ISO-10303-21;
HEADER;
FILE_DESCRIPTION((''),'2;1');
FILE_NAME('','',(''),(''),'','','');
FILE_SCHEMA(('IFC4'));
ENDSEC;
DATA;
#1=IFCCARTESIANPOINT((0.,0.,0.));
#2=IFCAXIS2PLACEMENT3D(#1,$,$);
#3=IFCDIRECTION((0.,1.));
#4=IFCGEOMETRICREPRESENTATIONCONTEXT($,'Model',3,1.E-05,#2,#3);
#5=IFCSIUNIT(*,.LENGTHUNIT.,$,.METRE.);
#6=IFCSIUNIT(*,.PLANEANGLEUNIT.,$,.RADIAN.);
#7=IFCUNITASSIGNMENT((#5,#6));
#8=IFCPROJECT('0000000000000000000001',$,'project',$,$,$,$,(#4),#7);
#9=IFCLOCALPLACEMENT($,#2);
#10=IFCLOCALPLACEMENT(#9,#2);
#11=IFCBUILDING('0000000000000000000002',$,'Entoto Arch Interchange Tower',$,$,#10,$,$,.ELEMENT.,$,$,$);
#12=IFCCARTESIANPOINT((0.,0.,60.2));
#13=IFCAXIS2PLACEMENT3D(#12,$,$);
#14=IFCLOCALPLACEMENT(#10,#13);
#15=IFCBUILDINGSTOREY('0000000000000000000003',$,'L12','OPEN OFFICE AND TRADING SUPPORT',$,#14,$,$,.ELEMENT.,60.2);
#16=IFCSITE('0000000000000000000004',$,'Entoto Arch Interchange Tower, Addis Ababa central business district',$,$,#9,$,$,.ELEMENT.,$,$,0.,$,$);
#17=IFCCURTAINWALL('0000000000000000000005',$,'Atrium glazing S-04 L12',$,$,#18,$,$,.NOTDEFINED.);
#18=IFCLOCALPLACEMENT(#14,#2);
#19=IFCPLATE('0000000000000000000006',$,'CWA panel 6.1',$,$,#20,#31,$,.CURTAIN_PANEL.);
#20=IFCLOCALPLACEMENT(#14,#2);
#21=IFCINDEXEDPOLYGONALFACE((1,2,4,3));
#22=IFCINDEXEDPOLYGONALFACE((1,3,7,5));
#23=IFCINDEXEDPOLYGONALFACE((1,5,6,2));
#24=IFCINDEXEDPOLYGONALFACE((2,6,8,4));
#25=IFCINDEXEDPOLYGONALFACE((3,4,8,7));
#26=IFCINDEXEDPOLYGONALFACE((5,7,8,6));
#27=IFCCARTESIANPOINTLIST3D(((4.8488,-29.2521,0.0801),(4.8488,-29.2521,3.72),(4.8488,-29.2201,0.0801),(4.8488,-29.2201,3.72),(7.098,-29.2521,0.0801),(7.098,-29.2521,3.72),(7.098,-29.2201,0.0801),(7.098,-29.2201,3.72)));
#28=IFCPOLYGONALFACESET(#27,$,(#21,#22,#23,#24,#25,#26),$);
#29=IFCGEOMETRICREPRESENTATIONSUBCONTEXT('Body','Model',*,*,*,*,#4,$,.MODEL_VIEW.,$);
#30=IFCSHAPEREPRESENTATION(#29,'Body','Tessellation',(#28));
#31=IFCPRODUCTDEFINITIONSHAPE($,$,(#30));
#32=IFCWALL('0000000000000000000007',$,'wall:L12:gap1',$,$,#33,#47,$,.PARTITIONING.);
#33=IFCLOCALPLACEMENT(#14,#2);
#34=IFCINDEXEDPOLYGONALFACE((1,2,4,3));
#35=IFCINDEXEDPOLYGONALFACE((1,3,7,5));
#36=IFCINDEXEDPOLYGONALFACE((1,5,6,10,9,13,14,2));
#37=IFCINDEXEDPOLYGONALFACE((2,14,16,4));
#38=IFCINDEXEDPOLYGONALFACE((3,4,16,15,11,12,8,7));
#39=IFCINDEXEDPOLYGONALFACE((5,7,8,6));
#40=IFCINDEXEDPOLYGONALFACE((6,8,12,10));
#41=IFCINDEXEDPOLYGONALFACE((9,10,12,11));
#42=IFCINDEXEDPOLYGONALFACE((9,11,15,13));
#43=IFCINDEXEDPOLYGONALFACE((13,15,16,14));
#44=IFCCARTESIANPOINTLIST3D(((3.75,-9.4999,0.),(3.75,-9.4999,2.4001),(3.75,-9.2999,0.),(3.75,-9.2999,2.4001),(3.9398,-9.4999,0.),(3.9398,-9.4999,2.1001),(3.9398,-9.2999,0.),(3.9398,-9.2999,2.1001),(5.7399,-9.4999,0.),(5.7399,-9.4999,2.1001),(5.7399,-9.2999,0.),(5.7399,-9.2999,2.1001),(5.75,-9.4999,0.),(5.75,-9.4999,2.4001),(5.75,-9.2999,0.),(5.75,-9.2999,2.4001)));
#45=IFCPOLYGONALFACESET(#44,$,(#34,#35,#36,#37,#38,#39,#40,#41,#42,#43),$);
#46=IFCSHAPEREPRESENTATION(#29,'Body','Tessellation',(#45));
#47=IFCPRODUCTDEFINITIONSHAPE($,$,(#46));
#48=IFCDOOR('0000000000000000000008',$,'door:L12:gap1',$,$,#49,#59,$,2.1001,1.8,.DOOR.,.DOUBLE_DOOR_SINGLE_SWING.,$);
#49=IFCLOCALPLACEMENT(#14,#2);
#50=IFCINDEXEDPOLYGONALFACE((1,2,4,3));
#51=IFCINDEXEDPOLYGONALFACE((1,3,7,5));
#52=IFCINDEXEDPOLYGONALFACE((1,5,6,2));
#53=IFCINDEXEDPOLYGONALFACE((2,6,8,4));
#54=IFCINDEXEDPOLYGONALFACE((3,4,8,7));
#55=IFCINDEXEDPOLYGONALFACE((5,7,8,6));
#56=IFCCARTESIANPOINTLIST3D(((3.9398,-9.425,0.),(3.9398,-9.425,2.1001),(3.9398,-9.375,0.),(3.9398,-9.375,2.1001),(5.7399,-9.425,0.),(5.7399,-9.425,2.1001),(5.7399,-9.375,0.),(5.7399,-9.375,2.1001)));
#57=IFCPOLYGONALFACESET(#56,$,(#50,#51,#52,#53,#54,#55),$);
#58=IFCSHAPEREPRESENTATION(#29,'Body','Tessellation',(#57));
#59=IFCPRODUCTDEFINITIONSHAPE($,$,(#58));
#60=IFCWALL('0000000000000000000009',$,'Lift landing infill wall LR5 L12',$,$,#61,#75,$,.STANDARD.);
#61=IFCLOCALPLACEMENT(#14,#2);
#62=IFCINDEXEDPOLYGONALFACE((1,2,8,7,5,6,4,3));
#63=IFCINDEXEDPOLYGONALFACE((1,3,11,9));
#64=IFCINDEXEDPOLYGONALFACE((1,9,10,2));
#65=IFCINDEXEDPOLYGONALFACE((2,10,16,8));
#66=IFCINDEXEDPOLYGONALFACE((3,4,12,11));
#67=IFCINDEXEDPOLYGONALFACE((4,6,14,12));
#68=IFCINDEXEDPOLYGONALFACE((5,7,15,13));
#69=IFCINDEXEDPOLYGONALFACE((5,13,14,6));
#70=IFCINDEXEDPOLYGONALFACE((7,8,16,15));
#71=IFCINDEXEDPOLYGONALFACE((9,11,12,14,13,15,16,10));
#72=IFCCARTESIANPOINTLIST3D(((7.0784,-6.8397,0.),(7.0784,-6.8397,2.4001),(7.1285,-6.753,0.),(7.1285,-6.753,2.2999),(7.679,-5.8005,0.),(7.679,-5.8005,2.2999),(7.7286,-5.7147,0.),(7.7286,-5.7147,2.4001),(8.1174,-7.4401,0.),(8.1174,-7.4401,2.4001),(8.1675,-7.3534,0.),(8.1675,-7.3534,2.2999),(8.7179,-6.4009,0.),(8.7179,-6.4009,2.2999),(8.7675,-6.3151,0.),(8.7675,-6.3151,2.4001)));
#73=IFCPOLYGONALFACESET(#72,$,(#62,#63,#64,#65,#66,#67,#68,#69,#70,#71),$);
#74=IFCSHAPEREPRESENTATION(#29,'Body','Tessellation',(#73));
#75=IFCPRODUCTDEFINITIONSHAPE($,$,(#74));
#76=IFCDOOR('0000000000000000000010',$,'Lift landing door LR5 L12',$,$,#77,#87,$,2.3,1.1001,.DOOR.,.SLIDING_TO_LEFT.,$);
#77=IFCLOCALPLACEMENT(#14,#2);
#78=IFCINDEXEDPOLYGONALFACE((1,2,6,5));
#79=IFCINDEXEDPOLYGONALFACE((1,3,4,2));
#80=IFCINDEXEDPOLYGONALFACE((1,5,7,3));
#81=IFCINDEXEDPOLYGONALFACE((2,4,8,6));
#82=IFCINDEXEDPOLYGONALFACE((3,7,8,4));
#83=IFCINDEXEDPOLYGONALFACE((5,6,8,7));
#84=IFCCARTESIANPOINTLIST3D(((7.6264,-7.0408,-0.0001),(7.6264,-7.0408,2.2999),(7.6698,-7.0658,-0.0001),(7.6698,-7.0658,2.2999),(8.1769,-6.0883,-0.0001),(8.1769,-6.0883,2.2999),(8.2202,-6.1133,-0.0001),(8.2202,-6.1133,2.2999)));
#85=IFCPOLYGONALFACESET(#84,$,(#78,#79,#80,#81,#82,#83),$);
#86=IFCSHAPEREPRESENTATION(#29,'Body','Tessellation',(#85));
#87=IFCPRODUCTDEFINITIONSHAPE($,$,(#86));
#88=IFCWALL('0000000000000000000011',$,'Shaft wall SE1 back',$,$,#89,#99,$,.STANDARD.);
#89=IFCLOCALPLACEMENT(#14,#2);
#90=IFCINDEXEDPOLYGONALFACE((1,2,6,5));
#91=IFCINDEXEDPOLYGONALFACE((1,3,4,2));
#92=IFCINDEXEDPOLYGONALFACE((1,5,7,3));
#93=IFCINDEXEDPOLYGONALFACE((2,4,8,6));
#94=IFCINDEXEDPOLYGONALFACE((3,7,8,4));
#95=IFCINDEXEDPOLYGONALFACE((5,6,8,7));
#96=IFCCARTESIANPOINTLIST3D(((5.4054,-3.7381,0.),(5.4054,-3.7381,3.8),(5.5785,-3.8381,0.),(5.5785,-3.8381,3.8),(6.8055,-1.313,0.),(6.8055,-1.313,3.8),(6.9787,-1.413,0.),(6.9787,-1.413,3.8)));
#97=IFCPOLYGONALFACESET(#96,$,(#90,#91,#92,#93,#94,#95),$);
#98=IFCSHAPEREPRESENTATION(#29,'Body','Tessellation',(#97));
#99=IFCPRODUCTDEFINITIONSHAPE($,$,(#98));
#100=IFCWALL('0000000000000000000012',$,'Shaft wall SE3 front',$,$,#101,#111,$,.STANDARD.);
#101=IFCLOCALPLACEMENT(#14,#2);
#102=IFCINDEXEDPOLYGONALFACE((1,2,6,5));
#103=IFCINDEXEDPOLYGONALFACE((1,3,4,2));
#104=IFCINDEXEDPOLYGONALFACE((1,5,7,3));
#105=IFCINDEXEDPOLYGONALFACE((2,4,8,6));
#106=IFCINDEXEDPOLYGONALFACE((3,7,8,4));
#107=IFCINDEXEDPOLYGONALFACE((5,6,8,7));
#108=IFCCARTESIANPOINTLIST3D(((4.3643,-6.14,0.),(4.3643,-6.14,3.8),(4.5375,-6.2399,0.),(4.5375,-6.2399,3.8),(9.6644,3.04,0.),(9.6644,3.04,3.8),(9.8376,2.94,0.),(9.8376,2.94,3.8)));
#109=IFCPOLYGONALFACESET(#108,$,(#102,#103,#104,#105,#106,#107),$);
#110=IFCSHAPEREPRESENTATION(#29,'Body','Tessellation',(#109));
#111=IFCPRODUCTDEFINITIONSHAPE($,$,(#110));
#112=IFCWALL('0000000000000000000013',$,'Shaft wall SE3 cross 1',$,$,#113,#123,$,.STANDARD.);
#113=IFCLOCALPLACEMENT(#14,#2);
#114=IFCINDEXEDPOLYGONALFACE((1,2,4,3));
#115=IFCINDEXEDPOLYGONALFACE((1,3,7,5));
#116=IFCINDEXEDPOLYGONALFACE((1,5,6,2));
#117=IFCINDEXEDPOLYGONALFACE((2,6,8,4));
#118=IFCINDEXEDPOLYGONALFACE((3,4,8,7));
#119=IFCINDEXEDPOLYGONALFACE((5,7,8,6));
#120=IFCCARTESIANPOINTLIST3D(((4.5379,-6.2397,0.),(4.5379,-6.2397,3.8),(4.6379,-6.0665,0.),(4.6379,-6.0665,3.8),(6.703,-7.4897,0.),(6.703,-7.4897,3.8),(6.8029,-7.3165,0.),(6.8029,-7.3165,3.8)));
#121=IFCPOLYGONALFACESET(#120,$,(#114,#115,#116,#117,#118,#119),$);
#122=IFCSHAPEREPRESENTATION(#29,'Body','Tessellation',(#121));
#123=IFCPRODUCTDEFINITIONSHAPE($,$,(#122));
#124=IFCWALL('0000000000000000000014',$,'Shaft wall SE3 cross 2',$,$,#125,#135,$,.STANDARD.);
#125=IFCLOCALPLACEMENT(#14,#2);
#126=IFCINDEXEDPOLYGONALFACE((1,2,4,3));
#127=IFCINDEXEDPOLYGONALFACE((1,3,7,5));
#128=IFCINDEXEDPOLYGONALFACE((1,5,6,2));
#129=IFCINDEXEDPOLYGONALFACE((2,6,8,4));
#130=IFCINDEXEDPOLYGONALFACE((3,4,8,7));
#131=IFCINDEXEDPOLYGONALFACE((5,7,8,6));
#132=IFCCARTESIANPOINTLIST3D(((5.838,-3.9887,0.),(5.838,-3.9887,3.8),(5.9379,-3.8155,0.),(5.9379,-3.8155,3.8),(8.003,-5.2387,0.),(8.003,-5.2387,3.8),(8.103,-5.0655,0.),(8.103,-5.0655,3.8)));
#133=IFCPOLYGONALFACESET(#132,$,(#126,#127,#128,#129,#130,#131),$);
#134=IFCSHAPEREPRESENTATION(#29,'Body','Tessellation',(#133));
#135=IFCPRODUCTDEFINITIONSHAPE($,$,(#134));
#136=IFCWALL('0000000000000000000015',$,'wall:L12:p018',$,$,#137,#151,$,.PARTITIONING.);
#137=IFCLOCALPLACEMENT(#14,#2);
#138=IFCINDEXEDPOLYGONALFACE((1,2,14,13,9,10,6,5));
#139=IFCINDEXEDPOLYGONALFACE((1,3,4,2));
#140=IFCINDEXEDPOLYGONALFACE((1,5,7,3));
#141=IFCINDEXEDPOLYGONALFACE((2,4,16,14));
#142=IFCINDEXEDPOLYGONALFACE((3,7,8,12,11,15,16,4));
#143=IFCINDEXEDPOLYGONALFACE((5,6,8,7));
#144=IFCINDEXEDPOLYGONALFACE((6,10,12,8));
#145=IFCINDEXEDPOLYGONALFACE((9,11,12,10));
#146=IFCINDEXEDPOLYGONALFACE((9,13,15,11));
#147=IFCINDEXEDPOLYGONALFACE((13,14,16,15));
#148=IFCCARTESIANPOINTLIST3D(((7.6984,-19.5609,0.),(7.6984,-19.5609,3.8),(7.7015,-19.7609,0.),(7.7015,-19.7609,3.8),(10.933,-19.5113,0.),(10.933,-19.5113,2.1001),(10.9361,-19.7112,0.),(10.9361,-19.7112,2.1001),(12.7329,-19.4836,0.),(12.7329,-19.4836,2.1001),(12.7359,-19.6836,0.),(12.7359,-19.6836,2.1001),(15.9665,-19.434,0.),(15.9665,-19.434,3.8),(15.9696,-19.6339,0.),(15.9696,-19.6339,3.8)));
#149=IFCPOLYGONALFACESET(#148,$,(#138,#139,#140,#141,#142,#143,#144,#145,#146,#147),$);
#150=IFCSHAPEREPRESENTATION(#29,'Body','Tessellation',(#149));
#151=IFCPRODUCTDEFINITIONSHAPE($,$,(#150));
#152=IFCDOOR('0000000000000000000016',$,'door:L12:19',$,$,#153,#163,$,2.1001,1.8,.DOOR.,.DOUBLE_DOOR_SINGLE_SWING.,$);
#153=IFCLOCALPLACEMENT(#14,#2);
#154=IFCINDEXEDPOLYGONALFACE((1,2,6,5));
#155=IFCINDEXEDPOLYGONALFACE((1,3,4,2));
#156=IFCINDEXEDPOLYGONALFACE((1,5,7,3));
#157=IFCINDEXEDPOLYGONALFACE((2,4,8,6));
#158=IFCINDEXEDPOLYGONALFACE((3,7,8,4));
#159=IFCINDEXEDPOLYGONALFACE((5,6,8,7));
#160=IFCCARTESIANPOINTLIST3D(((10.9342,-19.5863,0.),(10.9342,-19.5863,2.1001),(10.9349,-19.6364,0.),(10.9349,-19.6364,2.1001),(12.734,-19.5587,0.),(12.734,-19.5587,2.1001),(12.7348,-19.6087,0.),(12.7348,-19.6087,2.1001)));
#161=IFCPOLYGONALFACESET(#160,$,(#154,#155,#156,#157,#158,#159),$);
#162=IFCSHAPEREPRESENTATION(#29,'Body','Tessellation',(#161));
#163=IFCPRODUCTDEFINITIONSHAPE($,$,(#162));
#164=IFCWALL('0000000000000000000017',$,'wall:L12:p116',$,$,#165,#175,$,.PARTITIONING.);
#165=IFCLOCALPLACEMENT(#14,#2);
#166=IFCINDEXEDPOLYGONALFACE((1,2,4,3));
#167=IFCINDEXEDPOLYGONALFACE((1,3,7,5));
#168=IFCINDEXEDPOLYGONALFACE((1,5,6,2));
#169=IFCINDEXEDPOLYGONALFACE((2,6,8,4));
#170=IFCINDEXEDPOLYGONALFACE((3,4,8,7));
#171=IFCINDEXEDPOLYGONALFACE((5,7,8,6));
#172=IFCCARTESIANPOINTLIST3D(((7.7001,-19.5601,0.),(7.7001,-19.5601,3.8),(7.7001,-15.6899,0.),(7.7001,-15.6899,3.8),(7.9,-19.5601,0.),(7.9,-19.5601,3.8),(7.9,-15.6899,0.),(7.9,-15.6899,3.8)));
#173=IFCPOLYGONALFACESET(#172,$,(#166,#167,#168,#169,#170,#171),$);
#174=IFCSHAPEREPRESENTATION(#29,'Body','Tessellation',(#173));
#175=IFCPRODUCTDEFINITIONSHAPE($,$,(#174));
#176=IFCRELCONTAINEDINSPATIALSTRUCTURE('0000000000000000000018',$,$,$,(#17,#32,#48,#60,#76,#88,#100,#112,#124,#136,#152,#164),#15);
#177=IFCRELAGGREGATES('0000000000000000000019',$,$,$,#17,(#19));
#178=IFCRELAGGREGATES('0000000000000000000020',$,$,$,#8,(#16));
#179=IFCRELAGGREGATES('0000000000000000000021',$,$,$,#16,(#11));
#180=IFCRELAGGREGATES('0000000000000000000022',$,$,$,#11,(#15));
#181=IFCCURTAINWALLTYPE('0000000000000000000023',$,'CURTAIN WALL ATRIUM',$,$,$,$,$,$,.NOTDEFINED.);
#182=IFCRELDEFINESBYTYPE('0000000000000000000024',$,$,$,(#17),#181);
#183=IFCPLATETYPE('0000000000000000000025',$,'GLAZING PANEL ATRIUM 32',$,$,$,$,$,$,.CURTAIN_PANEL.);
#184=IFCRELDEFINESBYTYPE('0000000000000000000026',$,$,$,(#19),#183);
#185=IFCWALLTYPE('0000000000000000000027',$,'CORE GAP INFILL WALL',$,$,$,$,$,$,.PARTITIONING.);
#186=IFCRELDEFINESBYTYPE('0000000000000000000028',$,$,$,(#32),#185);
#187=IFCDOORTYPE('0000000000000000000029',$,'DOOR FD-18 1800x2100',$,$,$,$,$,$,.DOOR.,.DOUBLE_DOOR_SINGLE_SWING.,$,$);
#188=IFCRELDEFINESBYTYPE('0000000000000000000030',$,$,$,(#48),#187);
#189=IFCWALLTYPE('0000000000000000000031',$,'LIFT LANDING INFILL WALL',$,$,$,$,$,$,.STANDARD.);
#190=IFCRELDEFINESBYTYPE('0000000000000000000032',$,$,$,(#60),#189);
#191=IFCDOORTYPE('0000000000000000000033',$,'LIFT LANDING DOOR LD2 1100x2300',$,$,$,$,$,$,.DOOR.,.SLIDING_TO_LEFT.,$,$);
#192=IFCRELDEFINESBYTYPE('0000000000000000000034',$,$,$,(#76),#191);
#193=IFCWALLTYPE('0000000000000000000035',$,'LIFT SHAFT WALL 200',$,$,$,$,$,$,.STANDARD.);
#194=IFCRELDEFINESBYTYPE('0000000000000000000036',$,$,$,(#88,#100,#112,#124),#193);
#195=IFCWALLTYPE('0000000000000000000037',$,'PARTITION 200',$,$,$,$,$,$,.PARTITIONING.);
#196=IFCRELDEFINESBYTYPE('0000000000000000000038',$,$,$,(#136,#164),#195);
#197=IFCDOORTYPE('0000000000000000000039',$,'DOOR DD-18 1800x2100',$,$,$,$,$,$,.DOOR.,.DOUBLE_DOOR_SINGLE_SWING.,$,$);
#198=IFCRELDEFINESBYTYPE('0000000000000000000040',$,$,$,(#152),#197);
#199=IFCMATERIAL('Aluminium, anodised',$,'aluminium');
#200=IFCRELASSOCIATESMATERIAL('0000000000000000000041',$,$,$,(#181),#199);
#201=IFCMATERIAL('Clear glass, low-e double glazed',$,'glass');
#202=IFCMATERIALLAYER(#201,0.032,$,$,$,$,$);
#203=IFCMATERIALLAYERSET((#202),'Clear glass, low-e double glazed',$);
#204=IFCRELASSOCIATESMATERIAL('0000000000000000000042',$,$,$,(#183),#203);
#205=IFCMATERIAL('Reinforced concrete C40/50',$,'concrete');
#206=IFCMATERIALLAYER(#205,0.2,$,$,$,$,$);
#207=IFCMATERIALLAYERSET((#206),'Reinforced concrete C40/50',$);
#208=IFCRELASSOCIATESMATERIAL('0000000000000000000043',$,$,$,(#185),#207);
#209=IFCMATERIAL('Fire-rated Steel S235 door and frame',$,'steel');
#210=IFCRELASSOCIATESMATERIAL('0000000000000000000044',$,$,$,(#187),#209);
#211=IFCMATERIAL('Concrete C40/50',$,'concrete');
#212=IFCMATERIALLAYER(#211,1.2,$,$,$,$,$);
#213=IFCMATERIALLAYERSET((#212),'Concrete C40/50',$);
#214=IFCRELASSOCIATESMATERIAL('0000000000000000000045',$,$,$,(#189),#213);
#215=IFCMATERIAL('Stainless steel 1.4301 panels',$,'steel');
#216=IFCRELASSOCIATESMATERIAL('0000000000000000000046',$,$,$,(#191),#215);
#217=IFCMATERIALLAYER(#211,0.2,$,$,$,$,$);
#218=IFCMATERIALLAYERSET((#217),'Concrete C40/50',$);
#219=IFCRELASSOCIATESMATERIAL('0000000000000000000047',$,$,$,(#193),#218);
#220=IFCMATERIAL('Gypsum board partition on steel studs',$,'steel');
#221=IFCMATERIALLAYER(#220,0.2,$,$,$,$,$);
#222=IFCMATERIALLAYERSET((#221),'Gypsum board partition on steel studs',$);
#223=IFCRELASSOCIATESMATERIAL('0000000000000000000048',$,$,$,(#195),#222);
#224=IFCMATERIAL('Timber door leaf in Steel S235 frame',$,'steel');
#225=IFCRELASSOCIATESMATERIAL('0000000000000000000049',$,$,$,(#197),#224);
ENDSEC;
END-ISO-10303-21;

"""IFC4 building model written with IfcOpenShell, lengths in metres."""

from ifc_helpers import new_model, si_unit, direction, frame, frame_2d, origin, origin_2d, place, context, subcontext, project, spatial, rectangle, extrude, material, layer, layer_set, type_object, element, fill, aggregate, save


model = new_model("IFC4")

# Units and contexts
model_context = context("Model", 3, precision=1e-05, world=origin(), true_north=direction((0.0, 1.0)))
body_context = subcontext(model_context, "Body", "Model", "MODEL_VIEW")
ifc_project = project(units=[si_unit("LENGTHUNIT", "METRE"), si_unit("PLANEANGLEUNIT", "RADIAN")], contexts=[model_context])

# Site, building, storey
site_placement = place(None, origin())
site = spatial("IfcSite", under=ifc_project, at=site_placement, Name="Entoto Arch Interchange Tower, Addis Ababa central business district", CompositionType="ELEMENT", RefElevation=0.0)
building_placement = place(site_placement, origin())
building = spatial("IfcBuilding", under=site, at=building_placement, Name="Entoto Arch Interchange Tower", CompositionType="ELEMENT")
storey_placement = place(building_placement, frame((0.0, 0.0, 60.2)))
storey = spatial("IfcBuildingStorey", under=building, at=storey_placement, Name="L12", Description="OPEN OFFICE AND TRADING SUPPORT", CompositionType="ELEMENT", Elevation=60.2)

# Curtain wall, plate
ifc_material_1 = material(Name="Aluminium, anodised", Category="aluminium")
curtain_wall_type = type_object("IfcCurtainWallType", Name="CURTAIN WALL ATRIUM", PredefinedType="NOTDEFINED", material=ifc_material_1)
curtain_wall_placement = place(storey_placement, origin())
curtain_wall = element("IfcCurtainWall", 1, at=curtain_wall_placement, inside=storey, type_object=curtain_wall_type, Name="Atrium glazing S-04 L12", PredefinedType="NOTDEFINED")
ifc_material_2 = material(Name="Clear glass, low-e double glazed", Category="glass")
ifc_layer_1 = layer(ifc_material_2, 0.032)
ifc_layer_set_1 = layer_set([ifc_layer_1], Name="Clear glass, low-e double glazed")
plate_type = type_object("IfcPlateType", Name="GLAZING PANEL ATRIUM 32", PredefinedType="CURTAIN_PANEL", material=ifc_layer_set_1)
plate_1_placement = place(storey_placement, frame((5.9734, -29.2361, 0.0801), z_axis=(0.0, 0.0, 1.0), x_axis=(1.0, 0.0, 0.0)))
plate_1 = element("IfcPlate", 2, at=plate_1_placement, type_object=plate_type, Name="CWA panel 6.1", PredefinedType="CURTAIN_PANEL", context=body_context, shape_type="SweptSolid", body=[
    extrude(rectangle(XDim=2.2493, YDim=0.032, at=origin_2d()), origin(), (0.0, 0.0, 1.0), 3.6399),
])
aggregate(curtain_wall, [plate_1])

# Walls, openings, doors
ifc_material_3 = material(Name="Reinforced concrete C40/50", Category="concrete")
ifc_layer_2 = layer(ifc_material_3, 0.2)
ifc_layer_set_2 = layer_set([ifc_layer_2], Name="Reinforced concrete C40/50")
wall_type_1 = type_object("IfcWallType", Name="CORE GAP INFILL WALL", PredefinedType="PARTITIONING", material=ifc_layer_set_2)
wall_1_placement = place(storey_placement, frame((3.75, -9.3999, 0.0), z_axis=(0.0, 0.0, 1.0), x_axis=(1.0, 0.0, 0.0)))
wall_1 = element("IfcWall", 3, at=wall_1_placement, inside=storey, type_object=wall_type_1, Name="wall:L12:gap1", PredefinedType="PARTITIONING", context=body_context, shape_type="SweptSolid", body=[
    extrude(rectangle(XDim=2.0, YDim=0.2, at=frame_2d((1.0, 0.0))), origin(), (0.0, 0.0, 1.0), 2.4001),
])
opening_1_placement = place(wall_1_placement, frame((0.1899, 0.0, 0.0)))
opening_1 = element("IfcOpeningElement", 4, at=opening_1_placement, cuts=wall_1, PredefinedType="OPENING", context=body_context, shape_type="SweptSolid", body=[
    extrude(rectangle(XDim=1.8, YDim=2.1001, at=frame_2d((0.8999, 1.05))), frame((0.0, 0.1099, 0.0), z_axis=(0.0, -1.0, 0.0), x_axis=(1.0, 0.0, 0.0)), (0.0, 0.0, 1.0), 0.22),
])
ifc_material_4 = material(Name="Fire-rated Steel S235 door and frame", Category="steel")
door_type_1 = type_object("IfcDoorType", Name="DOOR FD-18 1800x2100", OperationType="DOUBLE_DOOR_SINGLE_SWING", PredefinedType="DOOR", material=ifc_material_4)
door_1_placement = place(opening_1_placement, origin())
door_1 = element("IfcDoor", 5, at=door_1_placement, inside=storey, type_object=door_type_1, Name="door:L12:gap1", OperationType="DOUBLE_DOOR_SINGLE_SWING", OverallHeight=2.1001, OverallWidth=1.8, PredefinedType="DOOR", context=body_context, shape_type="SweptSolid", body=[
    extrude(rectangle(XDim=1.8, YDim=2.1001, at=frame_2d((0.8999, 1.05))), frame((0.0, 0.0249, 0.0), z_axis=(0.0, -1.0, 0.0), x_axis=(1.0, 0.0, 0.0)), (0.0, 0.0, 1.0), 0.05),
])
fill(opening_1, door_1)
ifc_material_5 = material(Name="Concrete C40/50", Category="concrete")
ifc_layer_3 = layer(ifc_material_5, 1.2)
ifc_layer_set_3 = layer_set([ifc_layer_3], Name="Concrete C40/50")
wall_type_2 = type_object("IfcWallType", Name="LIFT LANDING INFILL WALL", PredefinedType="STANDARD", material=ifc_layer_set_3)
wall_2_placement = place(storey_placement, frame((7.5979, -7.1399, 0.0), z_axis=(0.0, 0.0, 1.0), x_axis=(0.500362, 0.865816, 0.0)))
wall_2 = element("IfcWall", 6, at=wall_2_placement, inside=storey, type_object=wall_type_2, Name="Lift landing infill wall LR5 L12", PredefinedType="STANDARD", context=body_context, shape_type="SweptSolid", body=[
    extrude(rectangle(XDim=1.2993, YDim=1.2, at=frame_2d((0.6497, 0.0))), origin(), (0.0, 0.0, 1.0), 2.4001),
])
opening_2_placement = place(wall_2_placement, frame((0.1001, 0.0, 0.0)))
opening_2 = element("IfcOpeningElement", 7, at=opening_2_placement, cuts=wall_2, PredefinedType="OPENING", context=body_context, shape_type="SweptSolid", body=[
    extrude(rectangle(XDim=1.1001, YDim=2.3, at=frame_2d((0.55, 1.1499))), frame((0.0, 0.6099, 0.0), z_axis=(0.0, -1.0, 0.0), x_axis=(1.0, 0.0, 0.0)), (0.0, 0.0, 1.0), 1.22),
])
ifc_material_6 = material(Name="Stainless steel 1.4301 panels", Category="steel")
door_type_2 = type_object("IfcDoorType", Name="LIFT LANDING DOOR LD2 1100x2300", OperationType="SLIDING_TO_LEFT", PredefinedType="DOOR", material=ifc_material_6)
door_2_placement = place(opening_2_placement, origin())
door_2 = element("IfcDoor", 8, at=door_2_placement, inside=storey, type_object=door_type_2, Name="Lift landing door LR5 L12", OperationType="SLIDING_TO_LEFT", OverallHeight=2.3, OverallWidth=1.1001, PredefinedType="DOOR", context=body_context, shape_type="SweptSolid", body=[
    extrude(rectangle(XDim=1.1001, YDim=2.3, at=frame_2d((0.55, 1.1499))), frame((0.0, 0.0249, 0.0), z_axis=(0.0, -1.0, 0.0), x_axis=(1.0, 0.0, 0.0)), (0.0, 0.0, 1.0), 0.05),
])
fill(opening_2, door_2)

# Walls
ifc_layer_4 = layer(ifc_material_5, 0.2)
ifc_layer_set_4 = layer_set([ifc_layer_4], Name="Concrete C40/50")
wall_type_3 = type_object("IfcWallType", Name="LIFT SHAFT WALL 200", PredefinedType="STANDARD", material=ifc_layer_set_4)
wall_3_placement = place(storey_placement, frame((5.4919, -3.7881, 0.0), z_axis=(0.0, 0.0, 1.0), x_axis=(0.500012, 0.866019, 0.0)))
element("IfcWall", 9, at=wall_3_placement, inside=storey, type_object=wall_type_3, Name="Shaft wall SE1 back", PredefinedType="STANDARD", context=body_context, shape_type="SweptSolid", body=[
    extrude(rectangle(XDim=2.8003, YDim=0.2, at=frame_2d((1.4001, 0.0))), origin(), (0.0, 0.0, 1.0), 3.8),
])
wall_4_placement = place(storey_placement, frame((4.4509, -6.1899, 0.0), z_axis=(0.0, 0.0, 1.0), x_axis=(0.500001, 0.866025, 0.0)))
element("IfcWall", 10, at=wall_4_placement, inside=storey, type_object=wall_type_3, Name="Shaft wall SE3 front", PredefinedType="STANDARD", context=body_context, shape_type="SweptSolid", body=[
    extrude(rectangle(XDim=10.6001, YDim=0.2, at=frame_2d((5.3, 0.0))), origin(), (0.0, 0.0, 1.0), 3.8),
])
for number, where, z_axis, x_axis, name in (
    (11, (4.5879, -6.1531, 0.0), (0.0, 0.0, 1.0), (0.866023, -0.500004, 0.0), "Shaft wall SE3 cross 1"),
    (12, (5.8879, -3.9021, 0.0), (0.0, 0.0, 1.0), (0.866023, -0.500004, 0.0), "Shaft wall SE3 cross 2"),
):
    element("IfcWall", number, at=place(storey_placement, frame(where, z_axis=z_axis, x_axis=x_axis)), inside=storey, type_object=wall_type_3, Name=name, PredefinedType="STANDARD", context=body_context, shape_type="SweptSolid", body=[
        extrude(rectangle(XDim=2.5, YDim=0.2, at=frame_2d((1.25, 0.0))), origin(), (0.0, 0.0, 1.0), 3.8),
    ])

# Wall, opening, door
ifc_material_7 = material(Name="Gypsum board partition on steel studs", Category="steel")
ifc_layer_5 = layer(ifc_material_7, 0.2)
ifc_layer_set_5 = layer_set([ifc_layer_5], Name="Gypsum board partition on steel studs")
wall_type_4 = type_object("IfcWallType", Name="PARTITION 200", PredefinedType="PARTITIONING", material=ifc_layer_set_5)
wall_5_placement = place(storey_placement, frame((7.7, -19.6609, 0.0), z_axis=(0.0, 0.0, 1.0), x_axis=(0.999882, 0.015353, 0.0)))
wall_5 = element("IfcWall", 13, at=wall_5_placement, inside=storey, type_object=wall_type_4, Name="wall:L12:p018", PredefinedType="PARTITIONING", context=body_context, shape_type="SweptSolid", body=[
    extrude(rectangle(XDim=8.269, YDim=0.2, at=frame_2d((4.1345, 0.0))), origin(), (0.0, 0.0, 1.0), 3.8),
])
opening_3_placement = place(wall_5_placement, frame((3.2351, 0.0, 0.0)))
opening_3 = element("IfcOpeningElement", 14, at=opening_3_placement, cuts=wall_5, PredefinedType="OPENING", context=body_context, shape_type="SweptSolid", body=[
    extrude(rectangle(XDim=1.8, YDim=2.1001, at=frame_2d((0.8999, 1.05))), frame((0.0, 0.1099, 0.0), z_axis=(0.0, -1.0, 0.0), x_axis=(1.0, 0.0, 0.0)), (0.0, 0.0, 1.0), 0.22),
])
ifc_material_8 = material(Name="Timber door leaf in Steel S235 frame", Category="steel")
door_type_3 = type_object("IfcDoorType", Name="DOOR DD-18 1800x2100", OperationType="DOUBLE_DOOR_SINGLE_SWING", PredefinedType="DOOR", material=ifc_material_8)
door_3_placement = place(opening_3_placement, origin())
door_3 = element("IfcDoor", 15, at=door_3_placement, inside=storey, type_object=door_type_3, Name="door:L12:19", OperationType="DOUBLE_DOOR_SINGLE_SWING", OverallHeight=2.1001, OverallWidth=1.8, PredefinedType="DOOR", context=body_context, shape_type="SweptSolid", body=[
    extrude(rectangle(XDim=1.8, YDim=2.1001, at=frame_2d((0.8999, 1.05))), frame((0.0, 0.0249, 0.0), z_axis=(0.0, -1.0, 0.0), x_axis=(1.0, 0.0, 0.0)), (0.0, 0.0, 1.0), 0.05),
])
fill(opening_3, door_3)

# Wall
wall_6_placement = place(storey_placement, frame((7.8, -15.6899, 0.0), z_axis=(0.0, 0.0, 1.0), x_axis=(0.0, -1.0, 0.0)))
element("IfcWall", 16, at=wall_6_placement, inside=storey, type_object=wall_type_4, Name="wall:L12:p116", PredefinedType="PARTITIONING", context=body_context, shape_type="SweptSolid", body=[
    extrude(rectangle(XDim=3.8701, YDim=0.2, at=frame_2d((1.9351, 0.0))), origin(), (0.0, 0.0, 1.0), 3.8),
])

save(model, "model.ifc")
